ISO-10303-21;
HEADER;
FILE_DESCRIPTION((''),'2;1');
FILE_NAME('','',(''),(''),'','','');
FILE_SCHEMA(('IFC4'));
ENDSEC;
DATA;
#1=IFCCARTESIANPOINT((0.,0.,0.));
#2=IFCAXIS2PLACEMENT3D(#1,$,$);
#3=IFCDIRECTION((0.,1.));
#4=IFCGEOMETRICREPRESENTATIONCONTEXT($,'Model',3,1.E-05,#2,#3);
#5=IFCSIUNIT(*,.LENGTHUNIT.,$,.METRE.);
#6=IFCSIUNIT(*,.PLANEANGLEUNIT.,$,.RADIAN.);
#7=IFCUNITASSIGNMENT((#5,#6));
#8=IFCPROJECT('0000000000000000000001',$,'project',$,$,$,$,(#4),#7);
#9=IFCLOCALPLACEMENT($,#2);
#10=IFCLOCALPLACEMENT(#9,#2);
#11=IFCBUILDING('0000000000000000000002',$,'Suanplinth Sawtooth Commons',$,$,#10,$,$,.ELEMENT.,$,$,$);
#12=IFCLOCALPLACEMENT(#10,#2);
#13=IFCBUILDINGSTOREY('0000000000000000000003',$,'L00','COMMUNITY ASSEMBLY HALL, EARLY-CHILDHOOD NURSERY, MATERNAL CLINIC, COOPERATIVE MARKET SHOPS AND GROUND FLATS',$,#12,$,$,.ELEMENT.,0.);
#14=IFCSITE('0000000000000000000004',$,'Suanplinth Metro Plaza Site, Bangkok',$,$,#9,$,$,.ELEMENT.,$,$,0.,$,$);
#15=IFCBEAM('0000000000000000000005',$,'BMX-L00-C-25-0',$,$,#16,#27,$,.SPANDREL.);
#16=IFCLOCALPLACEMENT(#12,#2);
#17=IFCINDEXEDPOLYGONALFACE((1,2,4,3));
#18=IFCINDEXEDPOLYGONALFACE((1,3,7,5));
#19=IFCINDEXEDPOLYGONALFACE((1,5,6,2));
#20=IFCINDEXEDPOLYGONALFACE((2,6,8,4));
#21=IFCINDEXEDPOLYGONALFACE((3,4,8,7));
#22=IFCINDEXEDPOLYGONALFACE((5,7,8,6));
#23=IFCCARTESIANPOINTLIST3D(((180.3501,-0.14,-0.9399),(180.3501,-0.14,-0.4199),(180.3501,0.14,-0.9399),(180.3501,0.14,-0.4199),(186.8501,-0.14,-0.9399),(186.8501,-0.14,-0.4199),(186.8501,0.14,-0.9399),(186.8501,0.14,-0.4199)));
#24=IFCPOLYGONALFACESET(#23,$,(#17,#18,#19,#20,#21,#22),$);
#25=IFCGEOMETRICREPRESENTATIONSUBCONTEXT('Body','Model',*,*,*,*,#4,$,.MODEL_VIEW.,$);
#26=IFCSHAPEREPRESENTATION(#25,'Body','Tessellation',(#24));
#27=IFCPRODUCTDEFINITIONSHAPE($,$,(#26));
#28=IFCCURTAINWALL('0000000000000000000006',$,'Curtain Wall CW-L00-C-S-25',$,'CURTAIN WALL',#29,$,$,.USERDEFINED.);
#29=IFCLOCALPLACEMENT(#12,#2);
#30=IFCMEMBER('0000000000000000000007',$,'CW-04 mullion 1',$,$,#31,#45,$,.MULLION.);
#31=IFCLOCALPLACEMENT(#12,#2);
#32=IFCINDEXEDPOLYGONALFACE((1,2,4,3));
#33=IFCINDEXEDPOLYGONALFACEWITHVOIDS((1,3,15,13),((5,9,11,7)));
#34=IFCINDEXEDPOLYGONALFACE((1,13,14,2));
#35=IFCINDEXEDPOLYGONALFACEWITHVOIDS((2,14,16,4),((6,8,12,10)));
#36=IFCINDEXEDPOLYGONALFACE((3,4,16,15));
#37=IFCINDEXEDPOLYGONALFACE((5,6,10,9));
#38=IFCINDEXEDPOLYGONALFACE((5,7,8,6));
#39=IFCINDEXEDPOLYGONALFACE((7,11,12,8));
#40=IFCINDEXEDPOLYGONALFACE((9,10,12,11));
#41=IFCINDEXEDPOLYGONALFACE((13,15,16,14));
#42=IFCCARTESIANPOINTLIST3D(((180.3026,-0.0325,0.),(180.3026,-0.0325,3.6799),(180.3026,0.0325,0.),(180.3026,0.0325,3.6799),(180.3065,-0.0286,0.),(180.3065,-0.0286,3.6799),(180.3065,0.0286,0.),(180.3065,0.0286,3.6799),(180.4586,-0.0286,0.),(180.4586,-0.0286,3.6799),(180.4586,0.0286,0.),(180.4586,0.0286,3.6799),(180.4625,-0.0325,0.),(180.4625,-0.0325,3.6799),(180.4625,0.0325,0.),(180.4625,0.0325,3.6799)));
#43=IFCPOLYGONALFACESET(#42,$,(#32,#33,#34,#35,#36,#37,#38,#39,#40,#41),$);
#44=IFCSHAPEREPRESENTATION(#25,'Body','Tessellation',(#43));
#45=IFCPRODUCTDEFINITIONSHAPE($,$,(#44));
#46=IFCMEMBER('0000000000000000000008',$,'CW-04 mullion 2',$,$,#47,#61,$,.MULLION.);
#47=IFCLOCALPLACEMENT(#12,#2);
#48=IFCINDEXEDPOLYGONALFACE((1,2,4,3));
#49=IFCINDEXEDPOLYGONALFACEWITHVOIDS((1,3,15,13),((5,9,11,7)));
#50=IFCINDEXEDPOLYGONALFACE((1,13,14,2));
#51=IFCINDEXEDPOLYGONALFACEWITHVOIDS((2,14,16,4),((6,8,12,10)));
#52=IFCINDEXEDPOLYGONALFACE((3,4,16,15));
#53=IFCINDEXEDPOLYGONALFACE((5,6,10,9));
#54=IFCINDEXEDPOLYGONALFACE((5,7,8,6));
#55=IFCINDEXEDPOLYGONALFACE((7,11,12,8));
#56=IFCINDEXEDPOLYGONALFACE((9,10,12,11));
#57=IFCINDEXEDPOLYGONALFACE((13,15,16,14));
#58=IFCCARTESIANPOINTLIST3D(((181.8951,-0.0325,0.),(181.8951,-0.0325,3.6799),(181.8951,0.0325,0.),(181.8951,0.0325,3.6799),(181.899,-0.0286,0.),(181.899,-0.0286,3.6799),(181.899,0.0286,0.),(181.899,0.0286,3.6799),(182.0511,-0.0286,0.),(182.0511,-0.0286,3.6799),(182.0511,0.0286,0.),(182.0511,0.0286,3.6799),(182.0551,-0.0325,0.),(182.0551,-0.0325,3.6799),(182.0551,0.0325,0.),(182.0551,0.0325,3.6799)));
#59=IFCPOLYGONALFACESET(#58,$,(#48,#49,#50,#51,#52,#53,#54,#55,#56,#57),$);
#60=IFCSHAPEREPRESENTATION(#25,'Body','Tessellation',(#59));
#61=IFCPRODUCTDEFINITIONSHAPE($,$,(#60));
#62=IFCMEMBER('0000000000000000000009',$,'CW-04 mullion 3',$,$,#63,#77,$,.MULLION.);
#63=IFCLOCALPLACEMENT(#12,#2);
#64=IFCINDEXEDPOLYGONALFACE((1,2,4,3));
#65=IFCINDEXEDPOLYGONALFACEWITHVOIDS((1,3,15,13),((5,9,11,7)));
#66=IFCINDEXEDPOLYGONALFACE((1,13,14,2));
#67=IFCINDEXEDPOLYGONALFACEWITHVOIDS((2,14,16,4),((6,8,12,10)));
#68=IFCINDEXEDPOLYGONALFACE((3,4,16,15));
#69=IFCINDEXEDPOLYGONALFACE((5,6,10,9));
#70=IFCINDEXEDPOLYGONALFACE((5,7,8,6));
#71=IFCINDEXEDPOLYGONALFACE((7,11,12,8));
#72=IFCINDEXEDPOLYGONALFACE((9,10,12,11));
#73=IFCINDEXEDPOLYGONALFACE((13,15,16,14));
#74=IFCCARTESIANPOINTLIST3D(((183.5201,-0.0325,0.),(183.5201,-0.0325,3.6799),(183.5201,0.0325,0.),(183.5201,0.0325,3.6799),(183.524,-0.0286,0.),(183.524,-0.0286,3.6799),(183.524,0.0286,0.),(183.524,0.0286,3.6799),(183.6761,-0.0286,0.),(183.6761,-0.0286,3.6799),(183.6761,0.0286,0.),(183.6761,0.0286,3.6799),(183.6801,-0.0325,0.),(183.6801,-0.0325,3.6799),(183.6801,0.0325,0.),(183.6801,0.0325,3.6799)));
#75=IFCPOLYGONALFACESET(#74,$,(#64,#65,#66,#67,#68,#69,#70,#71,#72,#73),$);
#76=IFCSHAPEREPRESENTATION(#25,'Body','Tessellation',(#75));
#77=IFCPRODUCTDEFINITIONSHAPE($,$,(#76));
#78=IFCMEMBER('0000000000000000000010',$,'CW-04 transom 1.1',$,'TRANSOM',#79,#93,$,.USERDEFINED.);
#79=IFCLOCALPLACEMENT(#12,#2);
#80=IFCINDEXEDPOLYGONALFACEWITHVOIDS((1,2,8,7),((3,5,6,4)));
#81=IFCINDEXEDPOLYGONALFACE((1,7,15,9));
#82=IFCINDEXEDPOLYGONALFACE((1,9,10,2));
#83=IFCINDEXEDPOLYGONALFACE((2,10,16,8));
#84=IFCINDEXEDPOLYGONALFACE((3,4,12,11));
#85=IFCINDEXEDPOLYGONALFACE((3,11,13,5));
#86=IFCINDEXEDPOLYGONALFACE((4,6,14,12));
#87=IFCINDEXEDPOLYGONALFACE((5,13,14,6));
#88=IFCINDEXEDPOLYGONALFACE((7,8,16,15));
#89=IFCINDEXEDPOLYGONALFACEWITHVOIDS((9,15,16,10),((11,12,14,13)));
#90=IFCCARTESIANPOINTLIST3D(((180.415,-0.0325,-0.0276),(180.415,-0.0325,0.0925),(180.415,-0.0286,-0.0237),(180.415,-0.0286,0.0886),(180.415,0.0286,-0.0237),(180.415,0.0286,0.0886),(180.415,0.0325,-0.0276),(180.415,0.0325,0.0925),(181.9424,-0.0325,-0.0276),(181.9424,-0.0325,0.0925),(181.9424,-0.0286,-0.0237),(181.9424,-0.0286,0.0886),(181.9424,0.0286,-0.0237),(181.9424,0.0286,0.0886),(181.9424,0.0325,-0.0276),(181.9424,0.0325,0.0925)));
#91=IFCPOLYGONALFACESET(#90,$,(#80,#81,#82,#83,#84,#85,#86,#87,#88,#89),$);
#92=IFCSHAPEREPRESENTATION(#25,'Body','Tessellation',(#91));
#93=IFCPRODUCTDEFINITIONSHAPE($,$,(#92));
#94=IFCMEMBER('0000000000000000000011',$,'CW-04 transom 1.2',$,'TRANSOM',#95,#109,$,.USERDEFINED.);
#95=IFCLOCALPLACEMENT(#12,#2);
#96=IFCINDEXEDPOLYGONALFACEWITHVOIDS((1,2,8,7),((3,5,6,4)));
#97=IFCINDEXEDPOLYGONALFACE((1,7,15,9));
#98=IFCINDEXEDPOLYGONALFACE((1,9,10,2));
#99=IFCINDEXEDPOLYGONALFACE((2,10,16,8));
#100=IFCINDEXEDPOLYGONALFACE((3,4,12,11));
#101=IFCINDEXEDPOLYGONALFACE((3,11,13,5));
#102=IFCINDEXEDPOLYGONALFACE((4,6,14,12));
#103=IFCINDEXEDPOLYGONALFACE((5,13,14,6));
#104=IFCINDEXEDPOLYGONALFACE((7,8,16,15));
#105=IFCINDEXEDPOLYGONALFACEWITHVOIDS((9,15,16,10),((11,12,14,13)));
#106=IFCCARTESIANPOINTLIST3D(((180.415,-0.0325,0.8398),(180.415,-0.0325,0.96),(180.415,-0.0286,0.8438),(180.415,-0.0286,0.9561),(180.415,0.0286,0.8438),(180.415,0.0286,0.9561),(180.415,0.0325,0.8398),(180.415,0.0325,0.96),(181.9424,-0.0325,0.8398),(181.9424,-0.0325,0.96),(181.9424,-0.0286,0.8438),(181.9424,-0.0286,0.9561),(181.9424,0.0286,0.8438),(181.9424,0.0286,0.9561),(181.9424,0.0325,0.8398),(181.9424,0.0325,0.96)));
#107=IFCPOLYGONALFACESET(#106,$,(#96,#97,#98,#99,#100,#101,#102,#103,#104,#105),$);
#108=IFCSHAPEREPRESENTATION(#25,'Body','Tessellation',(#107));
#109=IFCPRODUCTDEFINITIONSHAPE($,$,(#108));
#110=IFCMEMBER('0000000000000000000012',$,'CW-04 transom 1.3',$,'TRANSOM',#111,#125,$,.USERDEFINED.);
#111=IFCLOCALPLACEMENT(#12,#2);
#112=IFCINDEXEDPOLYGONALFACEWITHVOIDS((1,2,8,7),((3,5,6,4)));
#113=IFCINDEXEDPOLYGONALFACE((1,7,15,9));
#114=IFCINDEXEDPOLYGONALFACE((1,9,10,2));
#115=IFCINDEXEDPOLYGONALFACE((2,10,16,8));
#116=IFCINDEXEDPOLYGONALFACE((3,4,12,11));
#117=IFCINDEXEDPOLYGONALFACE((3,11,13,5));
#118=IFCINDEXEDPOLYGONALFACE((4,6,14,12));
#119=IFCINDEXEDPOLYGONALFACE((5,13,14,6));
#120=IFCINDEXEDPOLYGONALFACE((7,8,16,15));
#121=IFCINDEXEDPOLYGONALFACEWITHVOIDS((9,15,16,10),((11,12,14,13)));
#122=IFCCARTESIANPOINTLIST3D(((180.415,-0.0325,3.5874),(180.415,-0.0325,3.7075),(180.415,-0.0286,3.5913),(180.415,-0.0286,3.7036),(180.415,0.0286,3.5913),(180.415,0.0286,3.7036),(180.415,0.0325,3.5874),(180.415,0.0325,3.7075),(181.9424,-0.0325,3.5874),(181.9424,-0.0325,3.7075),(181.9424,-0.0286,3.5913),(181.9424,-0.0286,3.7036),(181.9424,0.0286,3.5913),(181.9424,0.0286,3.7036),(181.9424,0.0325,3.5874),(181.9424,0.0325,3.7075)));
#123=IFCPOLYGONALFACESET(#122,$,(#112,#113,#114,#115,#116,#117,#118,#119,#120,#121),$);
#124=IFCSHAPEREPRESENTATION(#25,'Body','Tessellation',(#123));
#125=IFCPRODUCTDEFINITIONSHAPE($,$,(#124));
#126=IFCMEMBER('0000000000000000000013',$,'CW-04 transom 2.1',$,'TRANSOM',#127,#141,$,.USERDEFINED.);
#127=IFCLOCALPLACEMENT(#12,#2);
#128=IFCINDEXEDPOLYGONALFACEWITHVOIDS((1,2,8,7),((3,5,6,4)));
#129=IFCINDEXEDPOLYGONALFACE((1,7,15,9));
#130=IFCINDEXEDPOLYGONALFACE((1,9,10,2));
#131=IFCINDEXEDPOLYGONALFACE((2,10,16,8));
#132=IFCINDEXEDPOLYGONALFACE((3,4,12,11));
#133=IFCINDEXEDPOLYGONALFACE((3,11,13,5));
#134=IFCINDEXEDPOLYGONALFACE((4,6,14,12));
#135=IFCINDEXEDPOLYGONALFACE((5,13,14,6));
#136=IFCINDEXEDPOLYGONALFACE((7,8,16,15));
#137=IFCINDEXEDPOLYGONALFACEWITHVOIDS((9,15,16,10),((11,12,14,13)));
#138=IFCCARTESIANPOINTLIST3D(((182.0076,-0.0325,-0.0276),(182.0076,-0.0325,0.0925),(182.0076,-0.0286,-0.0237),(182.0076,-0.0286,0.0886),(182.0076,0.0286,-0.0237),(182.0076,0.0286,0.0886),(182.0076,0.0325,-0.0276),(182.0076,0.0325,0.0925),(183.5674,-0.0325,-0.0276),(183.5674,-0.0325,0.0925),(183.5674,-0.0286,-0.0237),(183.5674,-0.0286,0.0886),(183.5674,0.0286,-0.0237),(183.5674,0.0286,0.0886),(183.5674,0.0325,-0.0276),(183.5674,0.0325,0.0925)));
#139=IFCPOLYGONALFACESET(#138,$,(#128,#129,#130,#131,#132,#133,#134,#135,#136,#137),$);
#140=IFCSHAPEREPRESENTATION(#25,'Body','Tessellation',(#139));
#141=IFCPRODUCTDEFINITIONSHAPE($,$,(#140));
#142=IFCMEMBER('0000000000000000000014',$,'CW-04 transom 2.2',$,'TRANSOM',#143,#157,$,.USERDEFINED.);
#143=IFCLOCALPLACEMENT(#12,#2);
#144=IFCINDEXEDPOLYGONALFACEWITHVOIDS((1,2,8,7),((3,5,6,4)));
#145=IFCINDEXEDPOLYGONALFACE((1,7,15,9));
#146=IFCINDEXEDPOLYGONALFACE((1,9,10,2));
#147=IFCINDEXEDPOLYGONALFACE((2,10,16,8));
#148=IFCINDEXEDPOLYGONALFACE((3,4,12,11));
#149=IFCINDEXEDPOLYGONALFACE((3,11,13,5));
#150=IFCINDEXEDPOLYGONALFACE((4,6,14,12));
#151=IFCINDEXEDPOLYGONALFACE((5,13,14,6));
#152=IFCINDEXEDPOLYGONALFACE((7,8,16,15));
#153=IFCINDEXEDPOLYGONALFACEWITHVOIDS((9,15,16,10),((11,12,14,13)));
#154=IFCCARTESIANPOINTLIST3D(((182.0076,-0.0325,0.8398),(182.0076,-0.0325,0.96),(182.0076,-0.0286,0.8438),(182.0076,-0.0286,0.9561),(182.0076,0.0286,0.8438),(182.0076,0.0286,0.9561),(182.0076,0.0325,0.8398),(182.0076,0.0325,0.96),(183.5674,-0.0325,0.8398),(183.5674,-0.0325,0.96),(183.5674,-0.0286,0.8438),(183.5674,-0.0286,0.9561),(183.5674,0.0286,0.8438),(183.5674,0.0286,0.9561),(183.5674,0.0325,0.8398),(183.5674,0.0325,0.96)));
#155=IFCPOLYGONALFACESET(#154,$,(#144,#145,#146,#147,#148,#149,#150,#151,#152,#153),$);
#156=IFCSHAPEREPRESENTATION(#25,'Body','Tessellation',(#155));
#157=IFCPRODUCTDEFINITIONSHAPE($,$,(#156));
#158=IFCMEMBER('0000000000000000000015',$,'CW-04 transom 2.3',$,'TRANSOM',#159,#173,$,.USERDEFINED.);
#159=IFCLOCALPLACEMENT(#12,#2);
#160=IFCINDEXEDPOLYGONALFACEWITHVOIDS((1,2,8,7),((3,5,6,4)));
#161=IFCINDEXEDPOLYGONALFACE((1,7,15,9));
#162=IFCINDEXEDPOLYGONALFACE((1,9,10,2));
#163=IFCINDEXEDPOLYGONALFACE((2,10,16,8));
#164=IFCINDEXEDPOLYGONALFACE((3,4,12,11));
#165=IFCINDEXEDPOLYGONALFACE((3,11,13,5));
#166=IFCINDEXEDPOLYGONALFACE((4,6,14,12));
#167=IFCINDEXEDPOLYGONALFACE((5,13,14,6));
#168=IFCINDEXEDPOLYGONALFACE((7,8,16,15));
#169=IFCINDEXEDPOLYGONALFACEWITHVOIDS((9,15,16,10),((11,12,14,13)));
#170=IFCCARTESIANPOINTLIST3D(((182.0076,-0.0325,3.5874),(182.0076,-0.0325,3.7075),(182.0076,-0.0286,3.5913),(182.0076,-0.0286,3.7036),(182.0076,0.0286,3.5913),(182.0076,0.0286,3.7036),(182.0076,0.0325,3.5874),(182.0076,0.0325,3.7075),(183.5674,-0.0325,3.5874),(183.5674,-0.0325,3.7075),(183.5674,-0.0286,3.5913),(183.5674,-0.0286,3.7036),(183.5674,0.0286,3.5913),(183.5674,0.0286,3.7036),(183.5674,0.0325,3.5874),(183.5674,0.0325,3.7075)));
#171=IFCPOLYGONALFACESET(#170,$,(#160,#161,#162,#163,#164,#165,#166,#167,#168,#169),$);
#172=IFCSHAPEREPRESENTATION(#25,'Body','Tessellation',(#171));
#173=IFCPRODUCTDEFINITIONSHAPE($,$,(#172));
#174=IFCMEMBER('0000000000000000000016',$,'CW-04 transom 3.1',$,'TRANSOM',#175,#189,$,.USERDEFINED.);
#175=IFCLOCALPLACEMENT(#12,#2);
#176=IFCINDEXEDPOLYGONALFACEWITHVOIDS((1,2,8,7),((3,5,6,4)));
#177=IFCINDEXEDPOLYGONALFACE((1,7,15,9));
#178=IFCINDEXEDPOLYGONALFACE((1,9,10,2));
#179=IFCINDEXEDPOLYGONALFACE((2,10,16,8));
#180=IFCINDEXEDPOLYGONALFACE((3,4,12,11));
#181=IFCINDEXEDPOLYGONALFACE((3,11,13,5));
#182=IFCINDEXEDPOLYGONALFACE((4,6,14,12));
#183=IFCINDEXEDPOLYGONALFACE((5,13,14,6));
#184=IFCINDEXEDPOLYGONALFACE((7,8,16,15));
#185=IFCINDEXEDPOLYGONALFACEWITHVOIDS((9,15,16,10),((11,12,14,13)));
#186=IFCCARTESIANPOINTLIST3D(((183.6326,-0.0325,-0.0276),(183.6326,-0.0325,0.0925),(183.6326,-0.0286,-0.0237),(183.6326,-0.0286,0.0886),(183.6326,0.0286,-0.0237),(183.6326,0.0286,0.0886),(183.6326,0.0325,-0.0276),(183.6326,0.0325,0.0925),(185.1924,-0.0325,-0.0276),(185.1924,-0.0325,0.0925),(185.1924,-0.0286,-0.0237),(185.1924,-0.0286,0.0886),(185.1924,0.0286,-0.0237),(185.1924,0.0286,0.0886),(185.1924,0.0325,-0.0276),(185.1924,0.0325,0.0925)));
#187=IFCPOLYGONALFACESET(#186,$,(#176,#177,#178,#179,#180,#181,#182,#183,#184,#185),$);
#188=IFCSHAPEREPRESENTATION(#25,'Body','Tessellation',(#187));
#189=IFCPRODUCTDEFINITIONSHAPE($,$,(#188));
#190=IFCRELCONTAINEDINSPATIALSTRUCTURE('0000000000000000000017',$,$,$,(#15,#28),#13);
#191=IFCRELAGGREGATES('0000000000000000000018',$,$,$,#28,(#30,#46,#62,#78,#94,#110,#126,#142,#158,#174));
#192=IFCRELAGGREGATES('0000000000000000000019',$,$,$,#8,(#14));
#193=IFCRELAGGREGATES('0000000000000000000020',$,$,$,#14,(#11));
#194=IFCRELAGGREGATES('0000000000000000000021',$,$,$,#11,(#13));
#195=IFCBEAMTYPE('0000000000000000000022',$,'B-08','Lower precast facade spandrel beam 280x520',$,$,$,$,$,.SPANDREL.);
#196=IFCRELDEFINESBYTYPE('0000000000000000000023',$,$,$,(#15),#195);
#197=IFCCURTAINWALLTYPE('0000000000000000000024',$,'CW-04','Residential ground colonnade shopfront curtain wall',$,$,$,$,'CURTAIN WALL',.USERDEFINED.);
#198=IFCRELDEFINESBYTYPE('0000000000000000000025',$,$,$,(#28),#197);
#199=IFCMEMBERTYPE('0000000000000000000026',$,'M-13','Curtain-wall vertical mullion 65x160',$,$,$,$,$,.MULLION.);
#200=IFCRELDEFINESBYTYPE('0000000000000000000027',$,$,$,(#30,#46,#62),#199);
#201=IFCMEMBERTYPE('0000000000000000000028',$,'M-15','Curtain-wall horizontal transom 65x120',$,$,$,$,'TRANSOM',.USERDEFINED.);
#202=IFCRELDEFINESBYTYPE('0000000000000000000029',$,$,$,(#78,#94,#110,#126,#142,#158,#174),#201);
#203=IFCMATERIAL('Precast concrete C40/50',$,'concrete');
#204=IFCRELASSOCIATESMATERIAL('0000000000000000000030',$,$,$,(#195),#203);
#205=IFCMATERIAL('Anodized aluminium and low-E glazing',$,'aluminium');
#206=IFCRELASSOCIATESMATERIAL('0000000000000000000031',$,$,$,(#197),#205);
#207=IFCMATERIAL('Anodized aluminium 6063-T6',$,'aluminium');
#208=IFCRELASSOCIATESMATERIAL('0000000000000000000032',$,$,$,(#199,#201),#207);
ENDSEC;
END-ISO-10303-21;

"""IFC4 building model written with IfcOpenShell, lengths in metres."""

from ifc_helpers import new_model, si_unit, direction, frame, origin, origin_2d, place, context, subcontext, project, spatial, rectangle, hollow_rectangle, extrude, material, material_profile, profile_set, type_object, element, aggregate, save


model = new_model("IFC4")

# Units and contexts
model_context = context("Model", 3, precision=1e-05, world=origin(), true_north=direction((0.0, 1.0)))
body_context = subcontext(model_context, "Body", "Model", "MODEL_VIEW")
ifc_project = project(units=[si_unit("LENGTHUNIT", "METRE"), si_unit("PLANEANGLEUNIT", "RADIAN")], contexts=[model_context])

# Site, building, storey
site_placement = place(None, origin())
site = spatial("IfcSite", under=ifc_project, at=site_placement, Name="Suanplinth Metro Plaza Site, Bangkok", CompositionType="ELEMENT", RefElevation=0.0)
building_placement = place(site_placement, origin())
building = spatial("IfcBuilding", under=site, at=building_placement, Name="Suanplinth Sawtooth Commons", CompositionType="ELEMENT")
storey_placement = place(building_placement, origin())
storey = spatial("IfcBuildingStorey", under=building, at=storey_placement, Name="L00", Description="COMMUNITY ASSEMBLY HALL, EARLY-CHILDHOOD NURSERY, MATERNAL CLINIC, COOPERATIVE MARKET SHOPS AND GROUND FLATS", CompositionType="ELEMENT", Elevation=0.0)

# Beam
ifc_material_1 = material(Name="Precast concrete C40/50", Category="concrete")
ifc_material_profile_1 = material_profile(ifc_material_1, rectangle(XDim=0.28, YDim=0.52, at=origin_2d()), Name="PC-SP 280x520")
ifc_profile_set_1 = profile_set([ifc_material_profile_1], Name="Precast concrete C40/50")
beam_type = type_object("IfcBeamType", Name="B-08", Description="Lower precast facade spandrel beam 280x520", PredefinedType="SPANDREL", material=ifc_profile_set_1)
beam_placement = place(storey_placement, frame((180.3501, 0.0, -0.6799), z_axis=(1.0, 0.0, 0.0), x_axis=(0.0, 1.0, 0.0)))
element("IfcBeam", 1, at=beam_placement, inside=storey, type_object=beam_type, Name="BMX-L00-C-25-0", PredefinedType="SPANDREL", context=body_context, shape_type="SweptSolid", body=[
    extrude(rectangle(XDim=0.28, YDim=0.52, at=origin_2d()), origin(), (0.0, 0.0, 1.0), 6.5),
])

# Curtain wall, members
ifc_material_2 = material(Name="Anodized aluminium and low-E glazing", Category="aluminium")
curtain_wall_type = type_object("IfcCurtainWallType", Name="CW-04", Description="Residential ground colonnade shopfront curtain wall", ElementType="CURTAIN WALL", PredefinedType="USERDEFINED", material=ifc_material_2)
curtain_wall_placement = place(storey_placement, origin())
curtain_wall = element("IfcCurtainWall", 2, at=curtain_wall_placement, inside=storey, type_object=curtain_wall_type, Name="Curtain Wall CW-L00-C-S-25", ObjectType="CURTAIN WALL", PredefinedType="USERDEFINED")
ifc_material_3 = material(Name="Anodized aluminium 6063-T6", Category="aluminium")
ifc_material_profile_2 = material_profile(ifc_material_3, hollow_rectangle(XDim=0.0649, YDim=0.1599, WallThickness=0.0039, at=origin_2d()), Name="ALU-MUL 65x160")
ifc_profile_set_2 = profile_set([ifc_material_profile_2], Name="Anodized aluminium 6063-T6")
member_type_1 = type_object("IfcMemberType", Name="M-13", Description="Curtain-wall vertical mullion 65x160", PredefinedType="MULLION", material=ifc_profile_set_2)
member_1_placement = place(storey_placement, frame((180.3826, 0.0, 0.0), z_axis=(0.0, 0.0, 1.0), x_axis=(0.0, 1.0, 0.0)))
member_1 = element("IfcMember", 3, at=member_1_placement, type_object=member_type_1, Name="CW-04 mullion 1", PredefinedType="MULLION", context=body_context, shape_type="SweptSolid", body=[
    extrude(hollow_rectangle(XDim=0.0649, YDim=0.1599, WallThickness=0.0039, at=origin_2d()), origin(), (0.0, 0.0, 1.0), 3.6799),
])
member_2_placement = place(storey_placement, frame((181.9751, 0.0, 0.0), z_axis=(0.0, 0.0, 1.0), x_axis=(0.0, 1.0, 0.0)))
member_2 = element("IfcMember", 4, at=member_2_placement, type_object=member_type_1, Name="CW-04 mullion 2", PredefinedType="MULLION", context=body_context, shape_type="SweptSolid", body=[
    extrude(hollow_rectangle(XDim=0.0649, YDim=0.1599, WallThickness=0.0039, at=origin_2d()), origin(), (0.0, 0.0, 1.0), 3.6799),
])
member_3_placement = place(storey_placement, frame((183.6001, 0.0, 0.0), z_axis=(0.0, 0.0, 1.0), x_axis=(0.0, 1.0, 0.0)))
member_3 = element("IfcMember", 5, at=member_3_placement, type_object=member_type_1, Name="CW-04 mullion 3", PredefinedType="MULLION", context=body_context, shape_type="SweptSolid", body=[
    extrude(hollow_rectangle(XDim=0.0649, YDim=0.1599, WallThickness=0.0039, at=origin_2d()), origin(), (0.0, 0.0, 1.0), 3.6799),
])
ifc_material_profile_3 = material_profile(ifc_material_3, hollow_rectangle(XDim=0.0649, YDim=0.1201, WallThickness=0.0039, at=origin_2d()), Name="ALU-TRN 65x120")
ifc_profile_set_3 = profile_set([ifc_material_profile_3], Name="Anodized aluminium 6063-T6")
member_type_2 = type_object("IfcMemberType", Name="M-15", Description="Curtain-wall horizontal transom 65x120", ElementType="TRANSOM", PredefinedType="USERDEFINED", material=ifc_profile_set_3)
member_4_placement = place(storey_placement, frame((180.415, 0.0, 0.0325), z_axis=(1.0, 0.0, 0.0), x_axis=(0.0, 1.0, 0.0)))
member_4 = element("IfcMember", 6, at=member_4_placement, type_object=member_type_2, Name="CW-04 transom 1.1", ObjectType="TRANSOM", PredefinedType="USERDEFINED", context=body_context, shape_type="SweptSolid", body=[
    extrude(hollow_rectangle(XDim=0.0649, YDim=0.1201, WallThickness=0.0039, at=origin_2d()), origin(), (0.0, 0.0, 1.0), 1.5273),
])
member_5_placement = place(storey_placement, frame((180.415, 0.0, 0.8999), z_axis=(1.0, 0.0, 0.0), x_axis=(0.0, 1.0, 0.0)))
member_5 = element("IfcMember", 7, at=member_5_placement, type_object=member_type_2, Name="CW-04 transom 1.2", ObjectType="TRANSOM", PredefinedType="USERDEFINED", context=body_context, shape_type="SweptSolid", body=[
    extrude(hollow_rectangle(XDim=0.0649, YDim=0.1201, WallThickness=0.0039, at=origin_2d()), origin(), (0.0, 0.0, 1.0), 1.5273),
])
member_6_placement = place(storey_placement, frame((180.415, 0.0, 3.6475), z_axis=(1.0, 0.0, 0.0), x_axis=(0.0, 1.0, 0.0)))
member_6 = element("IfcMember", 8, at=member_6_placement, type_object=member_type_2, Name="CW-04 transom 1.3", ObjectType="TRANSOM", PredefinedType="USERDEFINED", context=body_context, shape_type="SweptSolid", body=[
    extrude(hollow_rectangle(XDim=0.0649, YDim=0.1201, WallThickness=0.0039, at=origin_2d()), origin(), (0.0, 0.0, 1.0), 1.5273),
])
member_7_placement = place(storey_placement, frame((182.0076, 0.0, 0.0325), z_axis=(1.0, 0.0, 0.0), x_axis=(0.0, 1.0, 0.0)))
member_7 = element("IfcMember", 9, at=member_7_placement, type_object=member_type_2, Name="CW-04 transom 2.1", ObjectType="TRANSOM", PredefinedType="USERDEFINED", context=body_context, shape_type="SweptSolid", body=[
    extrude(hollow_rectangle(XDim=0.0649, YDim=0.1201, WallThickness=0.0039, at=origin_2d()), origin(), (0.0, 0.0, 1.0), 1.5598),
])
member_8_placement = place(storey_placement, frame((182.0076, 0.0, 0.8999), z_axis=(1.0, 0.0, 0.0), x_axis=(0.0, 1.0, 0.0)))
member_8 = element("IfcMember", 10, at=member_8_placement, type_object=member_type_2, Name="CW-04 transom 2.2", ObjectType="TRANSOM", PredefinedType="USERDEFINED", context=body_context, shape_type="SweptSolid", body=[
    extrude(hollow_rectangle(XDim=0.0649, YDim=0.1201, WallThickness=0.0039, at=origin_2d()), origin(), (0.0, 0.0, 1.0), 1.5598),
])
member_9_placement = place(storey_placement, frame((182.0076, 0.0, 3.6475), z_axis=(1.0, 0.0, 0.0), x_axis=(0.0, 1.0, 0.0)))
member_9 = element("IfcMember", 11, at=member_9_placement, type_object=member_type_2, Name="CW-04 transom 2.3", ObjectType="TRANSOM", PredefinedType="USERDEFINED", context=body_context, shape_type="SweptSolid", body=[
    extrude(hollow_rectangle(XDim=0.0649, YDim=0.1201, WallThickness=0.0039, at=origin_2d()), origin(), (0.0, 0.0, 1.0), 1.5598),
])
member_10_placement = place(storey_placement, frame((183.6326, 0.0, 0.0325), z_axis=(1.0, 0.0, 0.0), x_axis=(0.0, 1.0, 0.0)))
member_10 = element("IfcMember", 12, at=member_10_placement, type_object=member_type_2, Name="CW-04 transom 3.1", ObjectType="TRANSOM", PredefinedType="USERDEFINED", context=body_context, shape_type="SweptSolid", body=[
    extrude(hollow_rectangle(XDim=0.0649, YDim=0.1201, WallThickness=0.0039, at=origin_2d()), origin(), (0.0, 0.0, 1.0), 1.5598),
])
aggregate(curtain_wall, [member_1, member_2, member_3, member_4, member_5, member_6, member_7, member_8, member_9, member_10])

save(model, "model.ifc")
